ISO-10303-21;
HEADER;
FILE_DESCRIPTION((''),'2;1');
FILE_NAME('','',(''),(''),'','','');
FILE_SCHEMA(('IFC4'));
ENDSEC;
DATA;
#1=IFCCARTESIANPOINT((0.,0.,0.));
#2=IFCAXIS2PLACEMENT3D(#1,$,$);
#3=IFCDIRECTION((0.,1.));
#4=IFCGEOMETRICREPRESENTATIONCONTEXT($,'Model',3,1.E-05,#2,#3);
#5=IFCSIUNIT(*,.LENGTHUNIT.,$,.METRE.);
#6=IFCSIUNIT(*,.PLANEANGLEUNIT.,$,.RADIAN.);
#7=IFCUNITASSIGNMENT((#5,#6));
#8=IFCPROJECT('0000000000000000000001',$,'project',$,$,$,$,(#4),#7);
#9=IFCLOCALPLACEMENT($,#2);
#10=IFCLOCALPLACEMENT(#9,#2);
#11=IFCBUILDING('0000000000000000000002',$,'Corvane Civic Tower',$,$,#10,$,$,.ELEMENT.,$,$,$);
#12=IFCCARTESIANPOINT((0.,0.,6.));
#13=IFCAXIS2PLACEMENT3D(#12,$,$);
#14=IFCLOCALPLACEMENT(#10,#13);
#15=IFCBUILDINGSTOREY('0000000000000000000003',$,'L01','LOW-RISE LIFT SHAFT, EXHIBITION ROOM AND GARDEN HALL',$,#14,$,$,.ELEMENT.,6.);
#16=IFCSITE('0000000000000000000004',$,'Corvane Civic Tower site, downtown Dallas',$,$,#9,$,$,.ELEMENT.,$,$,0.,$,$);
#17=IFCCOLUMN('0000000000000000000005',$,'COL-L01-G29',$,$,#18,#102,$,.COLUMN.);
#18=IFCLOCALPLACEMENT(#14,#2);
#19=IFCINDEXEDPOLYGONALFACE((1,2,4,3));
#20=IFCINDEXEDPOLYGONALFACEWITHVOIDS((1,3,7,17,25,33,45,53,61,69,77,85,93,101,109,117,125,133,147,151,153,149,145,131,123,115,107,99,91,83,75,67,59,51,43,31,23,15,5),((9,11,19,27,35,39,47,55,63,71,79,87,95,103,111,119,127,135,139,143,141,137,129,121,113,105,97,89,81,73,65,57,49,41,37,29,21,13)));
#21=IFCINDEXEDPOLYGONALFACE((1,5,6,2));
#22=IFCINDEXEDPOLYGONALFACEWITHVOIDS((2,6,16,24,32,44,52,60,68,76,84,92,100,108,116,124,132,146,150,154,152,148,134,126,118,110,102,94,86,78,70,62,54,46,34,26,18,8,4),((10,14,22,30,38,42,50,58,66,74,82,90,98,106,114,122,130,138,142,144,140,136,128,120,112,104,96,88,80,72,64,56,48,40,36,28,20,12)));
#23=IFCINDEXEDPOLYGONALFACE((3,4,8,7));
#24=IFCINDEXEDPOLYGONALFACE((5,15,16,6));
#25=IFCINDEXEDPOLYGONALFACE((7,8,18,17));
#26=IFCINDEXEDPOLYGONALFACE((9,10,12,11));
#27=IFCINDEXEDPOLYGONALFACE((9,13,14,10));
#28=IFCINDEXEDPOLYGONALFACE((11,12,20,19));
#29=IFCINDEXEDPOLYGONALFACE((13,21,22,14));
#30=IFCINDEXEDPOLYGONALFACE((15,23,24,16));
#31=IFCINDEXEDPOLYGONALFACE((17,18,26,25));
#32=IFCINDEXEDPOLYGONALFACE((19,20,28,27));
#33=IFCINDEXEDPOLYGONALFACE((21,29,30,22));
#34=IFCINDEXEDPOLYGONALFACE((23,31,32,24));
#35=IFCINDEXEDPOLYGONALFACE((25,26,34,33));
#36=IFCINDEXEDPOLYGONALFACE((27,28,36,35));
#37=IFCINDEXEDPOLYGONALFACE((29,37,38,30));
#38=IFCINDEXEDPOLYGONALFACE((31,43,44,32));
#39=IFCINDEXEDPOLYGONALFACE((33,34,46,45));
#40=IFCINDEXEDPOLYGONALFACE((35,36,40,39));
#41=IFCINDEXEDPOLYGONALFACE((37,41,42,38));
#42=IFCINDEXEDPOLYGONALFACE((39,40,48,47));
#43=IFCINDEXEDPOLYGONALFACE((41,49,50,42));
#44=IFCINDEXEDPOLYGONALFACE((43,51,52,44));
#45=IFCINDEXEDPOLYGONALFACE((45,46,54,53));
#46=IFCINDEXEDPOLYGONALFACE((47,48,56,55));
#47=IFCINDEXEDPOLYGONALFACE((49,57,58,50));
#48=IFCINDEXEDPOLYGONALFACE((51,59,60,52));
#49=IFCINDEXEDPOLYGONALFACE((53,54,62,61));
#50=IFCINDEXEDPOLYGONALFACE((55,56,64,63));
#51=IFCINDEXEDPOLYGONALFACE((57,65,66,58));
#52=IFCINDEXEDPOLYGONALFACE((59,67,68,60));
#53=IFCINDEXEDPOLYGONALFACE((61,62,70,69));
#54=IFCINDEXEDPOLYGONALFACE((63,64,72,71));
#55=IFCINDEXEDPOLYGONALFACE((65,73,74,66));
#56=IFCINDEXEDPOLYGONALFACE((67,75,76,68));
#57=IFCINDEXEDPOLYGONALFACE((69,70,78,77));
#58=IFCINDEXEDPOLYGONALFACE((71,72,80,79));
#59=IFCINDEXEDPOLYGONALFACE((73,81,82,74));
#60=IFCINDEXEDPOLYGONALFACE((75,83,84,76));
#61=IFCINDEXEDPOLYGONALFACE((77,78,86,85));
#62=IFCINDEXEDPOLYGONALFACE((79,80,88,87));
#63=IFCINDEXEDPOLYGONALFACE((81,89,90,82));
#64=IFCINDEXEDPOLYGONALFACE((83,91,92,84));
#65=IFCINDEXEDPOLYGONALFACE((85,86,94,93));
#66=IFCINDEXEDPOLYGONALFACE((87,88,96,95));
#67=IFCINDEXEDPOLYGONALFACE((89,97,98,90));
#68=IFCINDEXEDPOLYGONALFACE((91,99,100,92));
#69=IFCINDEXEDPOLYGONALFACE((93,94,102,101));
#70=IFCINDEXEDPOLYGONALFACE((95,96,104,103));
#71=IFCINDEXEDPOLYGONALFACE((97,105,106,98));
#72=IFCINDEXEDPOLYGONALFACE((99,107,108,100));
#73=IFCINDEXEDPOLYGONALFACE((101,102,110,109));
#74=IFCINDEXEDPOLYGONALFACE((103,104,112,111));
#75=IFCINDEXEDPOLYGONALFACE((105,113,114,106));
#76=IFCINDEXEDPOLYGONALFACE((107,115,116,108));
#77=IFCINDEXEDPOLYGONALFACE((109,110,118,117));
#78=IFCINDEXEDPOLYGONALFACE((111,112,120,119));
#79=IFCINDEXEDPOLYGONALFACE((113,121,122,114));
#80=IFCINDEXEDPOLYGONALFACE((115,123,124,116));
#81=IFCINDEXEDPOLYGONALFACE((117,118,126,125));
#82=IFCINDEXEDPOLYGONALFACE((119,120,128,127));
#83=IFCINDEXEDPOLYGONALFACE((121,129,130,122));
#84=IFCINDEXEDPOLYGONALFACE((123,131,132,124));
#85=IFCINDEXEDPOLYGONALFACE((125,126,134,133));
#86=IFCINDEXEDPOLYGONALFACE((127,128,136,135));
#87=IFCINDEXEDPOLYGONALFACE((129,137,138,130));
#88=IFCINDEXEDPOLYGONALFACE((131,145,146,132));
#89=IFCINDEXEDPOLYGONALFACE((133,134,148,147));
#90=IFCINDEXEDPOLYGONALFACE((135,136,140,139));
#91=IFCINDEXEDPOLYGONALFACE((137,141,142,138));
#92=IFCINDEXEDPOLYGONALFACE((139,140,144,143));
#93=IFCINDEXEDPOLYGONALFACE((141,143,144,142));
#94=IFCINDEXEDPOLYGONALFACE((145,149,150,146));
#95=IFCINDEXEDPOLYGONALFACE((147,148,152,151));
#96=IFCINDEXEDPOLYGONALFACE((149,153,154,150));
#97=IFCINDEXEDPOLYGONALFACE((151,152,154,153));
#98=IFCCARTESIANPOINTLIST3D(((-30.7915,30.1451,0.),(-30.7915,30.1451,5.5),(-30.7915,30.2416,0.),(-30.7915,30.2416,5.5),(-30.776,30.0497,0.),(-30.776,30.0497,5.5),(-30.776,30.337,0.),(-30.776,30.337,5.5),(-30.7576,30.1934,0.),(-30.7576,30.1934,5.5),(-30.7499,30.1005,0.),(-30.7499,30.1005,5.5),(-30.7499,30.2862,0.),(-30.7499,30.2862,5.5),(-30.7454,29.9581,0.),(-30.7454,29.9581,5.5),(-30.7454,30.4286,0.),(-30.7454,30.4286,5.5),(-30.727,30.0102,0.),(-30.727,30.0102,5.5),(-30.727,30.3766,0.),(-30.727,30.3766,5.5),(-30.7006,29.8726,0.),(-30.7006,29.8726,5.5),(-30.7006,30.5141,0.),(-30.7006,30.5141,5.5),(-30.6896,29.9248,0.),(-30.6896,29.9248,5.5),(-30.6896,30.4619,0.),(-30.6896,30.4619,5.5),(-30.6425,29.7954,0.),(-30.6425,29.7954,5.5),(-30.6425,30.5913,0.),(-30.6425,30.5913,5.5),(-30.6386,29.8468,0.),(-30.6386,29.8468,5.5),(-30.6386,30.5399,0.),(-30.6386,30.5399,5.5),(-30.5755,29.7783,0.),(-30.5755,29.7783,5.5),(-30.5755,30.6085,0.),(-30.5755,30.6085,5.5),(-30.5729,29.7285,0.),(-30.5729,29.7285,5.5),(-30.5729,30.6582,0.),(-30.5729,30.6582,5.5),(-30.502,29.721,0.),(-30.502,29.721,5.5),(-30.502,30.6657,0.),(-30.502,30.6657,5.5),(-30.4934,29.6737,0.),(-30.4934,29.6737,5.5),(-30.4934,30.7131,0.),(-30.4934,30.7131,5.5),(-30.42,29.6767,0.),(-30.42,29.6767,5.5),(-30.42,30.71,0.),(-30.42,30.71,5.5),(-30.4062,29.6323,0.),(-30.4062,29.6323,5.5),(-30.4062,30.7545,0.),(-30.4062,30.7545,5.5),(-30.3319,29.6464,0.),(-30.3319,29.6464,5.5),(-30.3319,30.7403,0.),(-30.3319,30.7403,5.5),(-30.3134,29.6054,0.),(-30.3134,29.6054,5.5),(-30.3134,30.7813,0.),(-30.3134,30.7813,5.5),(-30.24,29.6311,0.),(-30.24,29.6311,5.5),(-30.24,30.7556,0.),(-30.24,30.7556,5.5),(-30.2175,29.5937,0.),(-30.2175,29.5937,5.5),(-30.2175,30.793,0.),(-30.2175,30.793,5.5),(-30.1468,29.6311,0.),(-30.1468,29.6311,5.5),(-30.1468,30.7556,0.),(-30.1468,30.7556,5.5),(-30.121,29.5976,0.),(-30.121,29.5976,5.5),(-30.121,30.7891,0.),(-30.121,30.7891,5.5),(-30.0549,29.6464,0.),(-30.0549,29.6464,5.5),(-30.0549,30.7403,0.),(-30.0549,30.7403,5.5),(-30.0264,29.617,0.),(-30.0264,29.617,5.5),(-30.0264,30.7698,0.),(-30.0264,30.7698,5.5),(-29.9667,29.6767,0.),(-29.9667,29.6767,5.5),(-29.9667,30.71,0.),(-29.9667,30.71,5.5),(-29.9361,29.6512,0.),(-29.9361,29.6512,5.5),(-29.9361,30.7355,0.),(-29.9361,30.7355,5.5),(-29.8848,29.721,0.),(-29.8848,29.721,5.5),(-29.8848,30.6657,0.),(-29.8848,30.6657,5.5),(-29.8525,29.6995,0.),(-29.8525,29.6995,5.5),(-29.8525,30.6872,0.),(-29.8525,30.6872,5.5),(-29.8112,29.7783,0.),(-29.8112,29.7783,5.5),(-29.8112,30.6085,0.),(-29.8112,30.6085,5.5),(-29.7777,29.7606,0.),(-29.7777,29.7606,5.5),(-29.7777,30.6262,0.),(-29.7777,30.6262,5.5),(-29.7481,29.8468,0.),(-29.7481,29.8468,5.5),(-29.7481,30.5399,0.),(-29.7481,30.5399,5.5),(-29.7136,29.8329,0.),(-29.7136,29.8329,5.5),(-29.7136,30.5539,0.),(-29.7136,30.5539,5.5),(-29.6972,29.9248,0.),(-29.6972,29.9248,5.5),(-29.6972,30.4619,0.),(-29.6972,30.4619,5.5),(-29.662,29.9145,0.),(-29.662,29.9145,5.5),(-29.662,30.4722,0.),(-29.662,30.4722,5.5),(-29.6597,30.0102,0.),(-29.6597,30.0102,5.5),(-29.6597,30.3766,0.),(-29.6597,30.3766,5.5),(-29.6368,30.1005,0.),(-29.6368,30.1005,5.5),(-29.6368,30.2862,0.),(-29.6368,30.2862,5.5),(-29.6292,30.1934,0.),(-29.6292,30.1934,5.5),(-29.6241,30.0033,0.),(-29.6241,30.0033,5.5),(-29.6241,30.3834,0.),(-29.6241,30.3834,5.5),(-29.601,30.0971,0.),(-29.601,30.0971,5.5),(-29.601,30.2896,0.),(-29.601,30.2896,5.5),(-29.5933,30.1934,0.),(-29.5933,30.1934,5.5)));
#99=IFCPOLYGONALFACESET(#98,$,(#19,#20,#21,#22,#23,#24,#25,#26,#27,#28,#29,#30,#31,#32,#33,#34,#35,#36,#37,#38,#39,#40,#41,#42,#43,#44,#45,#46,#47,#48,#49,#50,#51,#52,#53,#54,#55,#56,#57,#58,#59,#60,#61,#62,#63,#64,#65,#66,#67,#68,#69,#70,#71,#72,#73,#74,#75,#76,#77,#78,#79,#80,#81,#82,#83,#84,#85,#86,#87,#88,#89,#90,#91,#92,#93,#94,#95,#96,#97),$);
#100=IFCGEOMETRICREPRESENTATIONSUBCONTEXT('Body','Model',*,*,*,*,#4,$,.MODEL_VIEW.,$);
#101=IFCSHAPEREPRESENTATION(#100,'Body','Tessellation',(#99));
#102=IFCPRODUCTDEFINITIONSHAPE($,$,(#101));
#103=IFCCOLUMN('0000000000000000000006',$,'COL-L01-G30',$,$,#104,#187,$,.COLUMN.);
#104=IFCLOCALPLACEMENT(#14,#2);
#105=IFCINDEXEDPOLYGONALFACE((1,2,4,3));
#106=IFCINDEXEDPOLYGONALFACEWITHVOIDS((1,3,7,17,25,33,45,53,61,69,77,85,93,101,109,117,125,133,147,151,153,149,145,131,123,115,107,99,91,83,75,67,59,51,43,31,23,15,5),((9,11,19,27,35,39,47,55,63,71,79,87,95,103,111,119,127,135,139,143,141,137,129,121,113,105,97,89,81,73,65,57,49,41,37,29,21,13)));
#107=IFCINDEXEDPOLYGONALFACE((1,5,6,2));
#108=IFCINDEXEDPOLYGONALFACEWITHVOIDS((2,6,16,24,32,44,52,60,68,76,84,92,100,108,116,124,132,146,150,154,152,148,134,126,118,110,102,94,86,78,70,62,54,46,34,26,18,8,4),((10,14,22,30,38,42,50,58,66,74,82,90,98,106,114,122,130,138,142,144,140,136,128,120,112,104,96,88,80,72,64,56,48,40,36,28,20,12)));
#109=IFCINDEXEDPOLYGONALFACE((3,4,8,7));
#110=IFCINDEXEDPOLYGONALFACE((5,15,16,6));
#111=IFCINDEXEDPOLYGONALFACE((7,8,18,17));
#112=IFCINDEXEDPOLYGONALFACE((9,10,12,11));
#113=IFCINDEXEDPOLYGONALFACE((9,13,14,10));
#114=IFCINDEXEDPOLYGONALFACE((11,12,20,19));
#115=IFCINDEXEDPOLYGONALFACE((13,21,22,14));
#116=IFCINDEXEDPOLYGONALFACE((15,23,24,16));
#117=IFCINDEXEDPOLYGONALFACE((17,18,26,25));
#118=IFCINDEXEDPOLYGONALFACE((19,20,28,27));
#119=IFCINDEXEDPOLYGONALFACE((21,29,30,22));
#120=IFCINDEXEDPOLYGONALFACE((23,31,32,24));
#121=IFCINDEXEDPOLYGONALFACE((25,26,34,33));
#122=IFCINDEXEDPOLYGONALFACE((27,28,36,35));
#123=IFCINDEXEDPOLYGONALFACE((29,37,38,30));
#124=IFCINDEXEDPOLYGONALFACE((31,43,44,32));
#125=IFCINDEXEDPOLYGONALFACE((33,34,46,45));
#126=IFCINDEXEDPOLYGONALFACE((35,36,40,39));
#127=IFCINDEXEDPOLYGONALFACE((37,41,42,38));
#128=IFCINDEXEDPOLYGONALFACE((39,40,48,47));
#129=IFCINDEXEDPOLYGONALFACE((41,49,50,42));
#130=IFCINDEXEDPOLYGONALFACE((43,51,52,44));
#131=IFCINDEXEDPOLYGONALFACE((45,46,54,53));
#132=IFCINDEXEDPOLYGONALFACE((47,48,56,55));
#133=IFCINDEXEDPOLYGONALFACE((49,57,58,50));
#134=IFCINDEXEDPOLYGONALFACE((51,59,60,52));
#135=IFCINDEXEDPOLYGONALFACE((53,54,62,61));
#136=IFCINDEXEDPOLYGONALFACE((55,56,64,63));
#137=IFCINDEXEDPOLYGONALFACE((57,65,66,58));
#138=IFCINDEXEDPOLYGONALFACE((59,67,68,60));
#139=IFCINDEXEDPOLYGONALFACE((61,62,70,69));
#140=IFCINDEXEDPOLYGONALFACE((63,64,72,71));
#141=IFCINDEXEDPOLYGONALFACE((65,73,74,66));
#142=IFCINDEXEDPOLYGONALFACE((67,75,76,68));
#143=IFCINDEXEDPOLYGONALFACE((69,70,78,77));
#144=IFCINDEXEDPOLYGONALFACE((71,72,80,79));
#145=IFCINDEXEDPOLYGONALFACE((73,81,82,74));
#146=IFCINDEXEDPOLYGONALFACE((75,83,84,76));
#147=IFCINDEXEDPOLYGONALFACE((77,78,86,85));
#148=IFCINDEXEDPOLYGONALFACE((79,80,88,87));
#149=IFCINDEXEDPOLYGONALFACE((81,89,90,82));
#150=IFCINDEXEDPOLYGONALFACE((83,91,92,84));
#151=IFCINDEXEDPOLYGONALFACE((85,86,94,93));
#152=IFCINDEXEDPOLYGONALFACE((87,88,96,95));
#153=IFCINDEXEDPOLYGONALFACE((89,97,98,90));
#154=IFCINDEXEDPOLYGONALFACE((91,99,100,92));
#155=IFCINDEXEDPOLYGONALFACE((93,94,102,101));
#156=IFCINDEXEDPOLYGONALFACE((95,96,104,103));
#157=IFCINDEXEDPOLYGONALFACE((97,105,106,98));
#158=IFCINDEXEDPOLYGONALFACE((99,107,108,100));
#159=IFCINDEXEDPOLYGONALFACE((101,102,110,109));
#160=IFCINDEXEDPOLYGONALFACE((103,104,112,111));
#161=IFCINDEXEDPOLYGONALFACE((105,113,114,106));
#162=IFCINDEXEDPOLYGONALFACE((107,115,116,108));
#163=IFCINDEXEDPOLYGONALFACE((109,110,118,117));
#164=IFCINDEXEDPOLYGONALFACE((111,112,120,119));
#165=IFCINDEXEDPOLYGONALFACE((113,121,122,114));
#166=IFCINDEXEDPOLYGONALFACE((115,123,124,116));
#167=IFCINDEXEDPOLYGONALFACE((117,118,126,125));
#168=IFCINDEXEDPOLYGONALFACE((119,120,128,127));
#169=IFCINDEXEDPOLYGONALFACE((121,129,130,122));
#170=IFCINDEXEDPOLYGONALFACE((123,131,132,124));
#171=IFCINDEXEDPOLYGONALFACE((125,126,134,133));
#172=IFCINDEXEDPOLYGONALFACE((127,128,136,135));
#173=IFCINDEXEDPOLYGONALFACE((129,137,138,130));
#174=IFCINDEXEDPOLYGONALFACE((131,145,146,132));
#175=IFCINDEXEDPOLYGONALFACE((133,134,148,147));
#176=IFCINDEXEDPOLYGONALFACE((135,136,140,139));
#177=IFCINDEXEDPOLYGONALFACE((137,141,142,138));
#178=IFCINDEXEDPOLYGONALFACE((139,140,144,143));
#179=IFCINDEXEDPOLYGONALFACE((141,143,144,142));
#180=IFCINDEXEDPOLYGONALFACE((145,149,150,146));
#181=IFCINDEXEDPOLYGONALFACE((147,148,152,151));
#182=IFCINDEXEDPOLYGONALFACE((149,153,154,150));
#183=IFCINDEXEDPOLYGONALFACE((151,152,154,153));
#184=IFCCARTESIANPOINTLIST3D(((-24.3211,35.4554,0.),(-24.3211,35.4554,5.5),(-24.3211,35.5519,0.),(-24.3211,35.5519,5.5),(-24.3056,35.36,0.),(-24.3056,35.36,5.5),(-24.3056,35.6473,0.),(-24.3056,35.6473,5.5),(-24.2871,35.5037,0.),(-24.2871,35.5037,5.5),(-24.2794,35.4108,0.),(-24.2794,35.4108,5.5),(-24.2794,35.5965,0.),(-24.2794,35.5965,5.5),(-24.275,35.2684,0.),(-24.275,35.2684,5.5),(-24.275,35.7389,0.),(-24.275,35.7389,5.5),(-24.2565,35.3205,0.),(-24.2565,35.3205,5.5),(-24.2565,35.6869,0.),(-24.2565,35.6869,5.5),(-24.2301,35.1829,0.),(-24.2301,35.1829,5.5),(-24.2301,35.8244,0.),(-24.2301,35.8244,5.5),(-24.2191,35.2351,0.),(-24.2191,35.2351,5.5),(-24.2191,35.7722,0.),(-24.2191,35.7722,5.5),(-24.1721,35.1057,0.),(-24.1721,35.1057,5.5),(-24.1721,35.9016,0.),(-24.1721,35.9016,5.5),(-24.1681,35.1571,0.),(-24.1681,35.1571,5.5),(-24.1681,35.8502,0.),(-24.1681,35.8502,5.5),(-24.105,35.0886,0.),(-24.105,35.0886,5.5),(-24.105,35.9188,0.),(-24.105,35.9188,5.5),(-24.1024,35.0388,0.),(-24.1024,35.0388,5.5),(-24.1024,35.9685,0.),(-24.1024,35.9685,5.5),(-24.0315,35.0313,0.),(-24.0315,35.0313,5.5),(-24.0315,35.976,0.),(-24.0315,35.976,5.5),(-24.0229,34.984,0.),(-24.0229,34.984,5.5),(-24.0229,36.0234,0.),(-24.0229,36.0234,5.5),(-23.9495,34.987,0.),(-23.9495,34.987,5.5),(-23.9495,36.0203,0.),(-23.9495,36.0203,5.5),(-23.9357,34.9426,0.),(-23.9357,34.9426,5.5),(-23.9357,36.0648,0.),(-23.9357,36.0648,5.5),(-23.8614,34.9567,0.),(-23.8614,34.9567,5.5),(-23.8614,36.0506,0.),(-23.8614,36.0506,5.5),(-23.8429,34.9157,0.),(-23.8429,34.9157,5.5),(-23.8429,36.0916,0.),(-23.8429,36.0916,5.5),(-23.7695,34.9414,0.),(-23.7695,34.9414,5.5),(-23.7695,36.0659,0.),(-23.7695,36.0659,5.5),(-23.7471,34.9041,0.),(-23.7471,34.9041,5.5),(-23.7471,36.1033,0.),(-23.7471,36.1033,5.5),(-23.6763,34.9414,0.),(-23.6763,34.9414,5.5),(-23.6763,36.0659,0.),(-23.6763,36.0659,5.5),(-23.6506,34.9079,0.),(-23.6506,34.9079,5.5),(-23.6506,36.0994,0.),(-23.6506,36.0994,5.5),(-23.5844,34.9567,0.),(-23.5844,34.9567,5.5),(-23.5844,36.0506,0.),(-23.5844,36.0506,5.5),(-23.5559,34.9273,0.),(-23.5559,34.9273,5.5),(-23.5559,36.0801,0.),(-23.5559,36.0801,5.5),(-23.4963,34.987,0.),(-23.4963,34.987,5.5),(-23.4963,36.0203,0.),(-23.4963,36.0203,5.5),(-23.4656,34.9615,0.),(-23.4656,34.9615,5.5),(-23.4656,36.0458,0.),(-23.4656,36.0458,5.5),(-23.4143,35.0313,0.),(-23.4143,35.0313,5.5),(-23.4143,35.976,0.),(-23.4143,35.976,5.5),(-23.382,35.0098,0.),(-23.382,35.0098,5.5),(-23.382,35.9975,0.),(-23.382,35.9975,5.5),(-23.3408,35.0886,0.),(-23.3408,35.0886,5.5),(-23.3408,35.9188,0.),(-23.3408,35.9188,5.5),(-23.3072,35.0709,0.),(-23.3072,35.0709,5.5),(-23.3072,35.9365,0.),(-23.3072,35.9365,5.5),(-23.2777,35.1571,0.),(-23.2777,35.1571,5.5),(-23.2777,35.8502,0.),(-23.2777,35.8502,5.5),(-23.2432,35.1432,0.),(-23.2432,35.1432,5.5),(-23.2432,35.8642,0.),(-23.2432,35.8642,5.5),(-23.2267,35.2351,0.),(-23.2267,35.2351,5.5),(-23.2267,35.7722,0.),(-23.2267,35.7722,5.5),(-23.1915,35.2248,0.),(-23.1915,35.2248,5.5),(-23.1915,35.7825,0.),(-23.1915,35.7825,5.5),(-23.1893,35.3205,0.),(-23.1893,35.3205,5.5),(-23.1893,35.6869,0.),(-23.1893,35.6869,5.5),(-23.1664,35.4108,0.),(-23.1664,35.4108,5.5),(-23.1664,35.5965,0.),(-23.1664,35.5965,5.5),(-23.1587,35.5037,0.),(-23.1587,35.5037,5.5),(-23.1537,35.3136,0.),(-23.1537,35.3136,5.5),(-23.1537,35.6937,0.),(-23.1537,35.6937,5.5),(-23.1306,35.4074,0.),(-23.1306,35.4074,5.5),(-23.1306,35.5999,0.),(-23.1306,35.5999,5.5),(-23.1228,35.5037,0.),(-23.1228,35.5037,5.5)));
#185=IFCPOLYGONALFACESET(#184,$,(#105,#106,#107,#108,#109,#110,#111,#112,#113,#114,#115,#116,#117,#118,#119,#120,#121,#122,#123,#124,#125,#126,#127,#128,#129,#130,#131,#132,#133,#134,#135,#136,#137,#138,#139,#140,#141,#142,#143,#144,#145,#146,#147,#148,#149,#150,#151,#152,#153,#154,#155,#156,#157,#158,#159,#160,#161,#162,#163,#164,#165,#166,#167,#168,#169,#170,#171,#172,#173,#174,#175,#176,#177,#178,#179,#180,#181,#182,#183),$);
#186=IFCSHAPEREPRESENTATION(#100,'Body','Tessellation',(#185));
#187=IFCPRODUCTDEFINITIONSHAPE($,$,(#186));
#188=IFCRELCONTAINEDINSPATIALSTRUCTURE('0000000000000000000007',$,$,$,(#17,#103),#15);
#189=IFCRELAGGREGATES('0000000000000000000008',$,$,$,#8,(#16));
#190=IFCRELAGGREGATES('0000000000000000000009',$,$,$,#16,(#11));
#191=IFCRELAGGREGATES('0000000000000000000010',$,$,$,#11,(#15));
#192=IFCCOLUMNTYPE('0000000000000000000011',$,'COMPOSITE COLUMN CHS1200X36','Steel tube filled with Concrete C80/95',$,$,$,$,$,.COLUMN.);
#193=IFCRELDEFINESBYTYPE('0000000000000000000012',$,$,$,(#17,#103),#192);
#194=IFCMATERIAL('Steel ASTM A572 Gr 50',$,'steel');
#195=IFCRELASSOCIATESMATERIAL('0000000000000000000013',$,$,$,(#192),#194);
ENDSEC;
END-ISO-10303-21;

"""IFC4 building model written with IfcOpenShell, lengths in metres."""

from ifc_helpers import new_model, si_unit, direction, frame, origin, origin_2d, place, context, subcontext, project, spatial, hollow_circle, extrude, material, material_profile, profile_set, type_object, element, save


model = new_model("IFC4")

# Units and contexts
model_context = context("Model", 3, precision=1e-05, world=origin(), true_north=direction((0.0, 1.0)))
body_context = subcontext(model_context, "Body", "Model", "MODEL_VIEW")
ifc_project = project(units=[si_unit("LENGTHUNIT", "METRE"), si_unit("PLANEANGLEUNIT", "RADIAN")], contexts=[model_context])

# Site, building, storey
site_placement = place(None, origin())
site = spatial("IfcSite", under=ifc_project, at=site_placement, Name="Corvane Civic Tower site, downtown Dallas", CompositionType="ELEMENT", RefElevation=0.0)
building_placement = place(site_placement, origin())
building = spatial("IfcBuilding", under=site, at=building_placement, Name="Corvane Civic Tower", CompositionType="ELEMENT")
storey_placement = place(building_placement, frame((0.0, 0.0, 6.0)))
storey = spatial("IfcBuildingStorey", under=building, at=storey_placement, Name="L01", Description="LOW-RISE LIFT SHAFT, EXHIBITION ROOM AND GARDEN HALL", CompositionType="ELEMENT", Elevation=6.0)

# Columns
ifc_material_1 = material(Name="Steel ASTM A572 Gr 50", Category="steel")
ifc_material_profile_1 = material_profile(ifc_material_1, hollow_circle(Radius=0.6001, WallThickness=0.0359, at=origin_2d()), Name="CHS1200X36")
ifc_profile_set_1 = profile_set([ifc_material_profile_1], Name="Steel ASTM A572 Gr 50")
column_type_1 = type_object("IfcColumnType", Name="COMPOSITE COLUMN CHS1200X36", Description="Steel tube filled with Concrete C80/95", PredefinedType="COLUMN", material=ifc_profile_set_1)
for number, where, z_axis, x_axis, name in (
    (1, (-30.1934, 30.1934, 0.0), (0.0, 0.0, 1.0), (1.0, 0.0, 0.0), "COL-L01-G29"),
    (2, (-23.7229, 35.5037, 0.0), (0.0, 0.0, 1.0), (1.0, 0.0, 0.0), "COL-L01-G30"),
):
    element("IfcColumn", number, at=place(storey_placement, frame(where, z_axis=z_axis, x_axis=x_axis)), inside=storey, type_object=column_type_1, Name=name, PredefinedType="COLUMN", context=body_context, shape_type="SweptSolid", body=[
        extrude(hollow_circle(Radius=0.6001, WallThickness=0.0359, at=origin_2d()), origin(), (0.0, 0.0, 1.0), 5.5),
    ])

save(model, "model.ifc")
